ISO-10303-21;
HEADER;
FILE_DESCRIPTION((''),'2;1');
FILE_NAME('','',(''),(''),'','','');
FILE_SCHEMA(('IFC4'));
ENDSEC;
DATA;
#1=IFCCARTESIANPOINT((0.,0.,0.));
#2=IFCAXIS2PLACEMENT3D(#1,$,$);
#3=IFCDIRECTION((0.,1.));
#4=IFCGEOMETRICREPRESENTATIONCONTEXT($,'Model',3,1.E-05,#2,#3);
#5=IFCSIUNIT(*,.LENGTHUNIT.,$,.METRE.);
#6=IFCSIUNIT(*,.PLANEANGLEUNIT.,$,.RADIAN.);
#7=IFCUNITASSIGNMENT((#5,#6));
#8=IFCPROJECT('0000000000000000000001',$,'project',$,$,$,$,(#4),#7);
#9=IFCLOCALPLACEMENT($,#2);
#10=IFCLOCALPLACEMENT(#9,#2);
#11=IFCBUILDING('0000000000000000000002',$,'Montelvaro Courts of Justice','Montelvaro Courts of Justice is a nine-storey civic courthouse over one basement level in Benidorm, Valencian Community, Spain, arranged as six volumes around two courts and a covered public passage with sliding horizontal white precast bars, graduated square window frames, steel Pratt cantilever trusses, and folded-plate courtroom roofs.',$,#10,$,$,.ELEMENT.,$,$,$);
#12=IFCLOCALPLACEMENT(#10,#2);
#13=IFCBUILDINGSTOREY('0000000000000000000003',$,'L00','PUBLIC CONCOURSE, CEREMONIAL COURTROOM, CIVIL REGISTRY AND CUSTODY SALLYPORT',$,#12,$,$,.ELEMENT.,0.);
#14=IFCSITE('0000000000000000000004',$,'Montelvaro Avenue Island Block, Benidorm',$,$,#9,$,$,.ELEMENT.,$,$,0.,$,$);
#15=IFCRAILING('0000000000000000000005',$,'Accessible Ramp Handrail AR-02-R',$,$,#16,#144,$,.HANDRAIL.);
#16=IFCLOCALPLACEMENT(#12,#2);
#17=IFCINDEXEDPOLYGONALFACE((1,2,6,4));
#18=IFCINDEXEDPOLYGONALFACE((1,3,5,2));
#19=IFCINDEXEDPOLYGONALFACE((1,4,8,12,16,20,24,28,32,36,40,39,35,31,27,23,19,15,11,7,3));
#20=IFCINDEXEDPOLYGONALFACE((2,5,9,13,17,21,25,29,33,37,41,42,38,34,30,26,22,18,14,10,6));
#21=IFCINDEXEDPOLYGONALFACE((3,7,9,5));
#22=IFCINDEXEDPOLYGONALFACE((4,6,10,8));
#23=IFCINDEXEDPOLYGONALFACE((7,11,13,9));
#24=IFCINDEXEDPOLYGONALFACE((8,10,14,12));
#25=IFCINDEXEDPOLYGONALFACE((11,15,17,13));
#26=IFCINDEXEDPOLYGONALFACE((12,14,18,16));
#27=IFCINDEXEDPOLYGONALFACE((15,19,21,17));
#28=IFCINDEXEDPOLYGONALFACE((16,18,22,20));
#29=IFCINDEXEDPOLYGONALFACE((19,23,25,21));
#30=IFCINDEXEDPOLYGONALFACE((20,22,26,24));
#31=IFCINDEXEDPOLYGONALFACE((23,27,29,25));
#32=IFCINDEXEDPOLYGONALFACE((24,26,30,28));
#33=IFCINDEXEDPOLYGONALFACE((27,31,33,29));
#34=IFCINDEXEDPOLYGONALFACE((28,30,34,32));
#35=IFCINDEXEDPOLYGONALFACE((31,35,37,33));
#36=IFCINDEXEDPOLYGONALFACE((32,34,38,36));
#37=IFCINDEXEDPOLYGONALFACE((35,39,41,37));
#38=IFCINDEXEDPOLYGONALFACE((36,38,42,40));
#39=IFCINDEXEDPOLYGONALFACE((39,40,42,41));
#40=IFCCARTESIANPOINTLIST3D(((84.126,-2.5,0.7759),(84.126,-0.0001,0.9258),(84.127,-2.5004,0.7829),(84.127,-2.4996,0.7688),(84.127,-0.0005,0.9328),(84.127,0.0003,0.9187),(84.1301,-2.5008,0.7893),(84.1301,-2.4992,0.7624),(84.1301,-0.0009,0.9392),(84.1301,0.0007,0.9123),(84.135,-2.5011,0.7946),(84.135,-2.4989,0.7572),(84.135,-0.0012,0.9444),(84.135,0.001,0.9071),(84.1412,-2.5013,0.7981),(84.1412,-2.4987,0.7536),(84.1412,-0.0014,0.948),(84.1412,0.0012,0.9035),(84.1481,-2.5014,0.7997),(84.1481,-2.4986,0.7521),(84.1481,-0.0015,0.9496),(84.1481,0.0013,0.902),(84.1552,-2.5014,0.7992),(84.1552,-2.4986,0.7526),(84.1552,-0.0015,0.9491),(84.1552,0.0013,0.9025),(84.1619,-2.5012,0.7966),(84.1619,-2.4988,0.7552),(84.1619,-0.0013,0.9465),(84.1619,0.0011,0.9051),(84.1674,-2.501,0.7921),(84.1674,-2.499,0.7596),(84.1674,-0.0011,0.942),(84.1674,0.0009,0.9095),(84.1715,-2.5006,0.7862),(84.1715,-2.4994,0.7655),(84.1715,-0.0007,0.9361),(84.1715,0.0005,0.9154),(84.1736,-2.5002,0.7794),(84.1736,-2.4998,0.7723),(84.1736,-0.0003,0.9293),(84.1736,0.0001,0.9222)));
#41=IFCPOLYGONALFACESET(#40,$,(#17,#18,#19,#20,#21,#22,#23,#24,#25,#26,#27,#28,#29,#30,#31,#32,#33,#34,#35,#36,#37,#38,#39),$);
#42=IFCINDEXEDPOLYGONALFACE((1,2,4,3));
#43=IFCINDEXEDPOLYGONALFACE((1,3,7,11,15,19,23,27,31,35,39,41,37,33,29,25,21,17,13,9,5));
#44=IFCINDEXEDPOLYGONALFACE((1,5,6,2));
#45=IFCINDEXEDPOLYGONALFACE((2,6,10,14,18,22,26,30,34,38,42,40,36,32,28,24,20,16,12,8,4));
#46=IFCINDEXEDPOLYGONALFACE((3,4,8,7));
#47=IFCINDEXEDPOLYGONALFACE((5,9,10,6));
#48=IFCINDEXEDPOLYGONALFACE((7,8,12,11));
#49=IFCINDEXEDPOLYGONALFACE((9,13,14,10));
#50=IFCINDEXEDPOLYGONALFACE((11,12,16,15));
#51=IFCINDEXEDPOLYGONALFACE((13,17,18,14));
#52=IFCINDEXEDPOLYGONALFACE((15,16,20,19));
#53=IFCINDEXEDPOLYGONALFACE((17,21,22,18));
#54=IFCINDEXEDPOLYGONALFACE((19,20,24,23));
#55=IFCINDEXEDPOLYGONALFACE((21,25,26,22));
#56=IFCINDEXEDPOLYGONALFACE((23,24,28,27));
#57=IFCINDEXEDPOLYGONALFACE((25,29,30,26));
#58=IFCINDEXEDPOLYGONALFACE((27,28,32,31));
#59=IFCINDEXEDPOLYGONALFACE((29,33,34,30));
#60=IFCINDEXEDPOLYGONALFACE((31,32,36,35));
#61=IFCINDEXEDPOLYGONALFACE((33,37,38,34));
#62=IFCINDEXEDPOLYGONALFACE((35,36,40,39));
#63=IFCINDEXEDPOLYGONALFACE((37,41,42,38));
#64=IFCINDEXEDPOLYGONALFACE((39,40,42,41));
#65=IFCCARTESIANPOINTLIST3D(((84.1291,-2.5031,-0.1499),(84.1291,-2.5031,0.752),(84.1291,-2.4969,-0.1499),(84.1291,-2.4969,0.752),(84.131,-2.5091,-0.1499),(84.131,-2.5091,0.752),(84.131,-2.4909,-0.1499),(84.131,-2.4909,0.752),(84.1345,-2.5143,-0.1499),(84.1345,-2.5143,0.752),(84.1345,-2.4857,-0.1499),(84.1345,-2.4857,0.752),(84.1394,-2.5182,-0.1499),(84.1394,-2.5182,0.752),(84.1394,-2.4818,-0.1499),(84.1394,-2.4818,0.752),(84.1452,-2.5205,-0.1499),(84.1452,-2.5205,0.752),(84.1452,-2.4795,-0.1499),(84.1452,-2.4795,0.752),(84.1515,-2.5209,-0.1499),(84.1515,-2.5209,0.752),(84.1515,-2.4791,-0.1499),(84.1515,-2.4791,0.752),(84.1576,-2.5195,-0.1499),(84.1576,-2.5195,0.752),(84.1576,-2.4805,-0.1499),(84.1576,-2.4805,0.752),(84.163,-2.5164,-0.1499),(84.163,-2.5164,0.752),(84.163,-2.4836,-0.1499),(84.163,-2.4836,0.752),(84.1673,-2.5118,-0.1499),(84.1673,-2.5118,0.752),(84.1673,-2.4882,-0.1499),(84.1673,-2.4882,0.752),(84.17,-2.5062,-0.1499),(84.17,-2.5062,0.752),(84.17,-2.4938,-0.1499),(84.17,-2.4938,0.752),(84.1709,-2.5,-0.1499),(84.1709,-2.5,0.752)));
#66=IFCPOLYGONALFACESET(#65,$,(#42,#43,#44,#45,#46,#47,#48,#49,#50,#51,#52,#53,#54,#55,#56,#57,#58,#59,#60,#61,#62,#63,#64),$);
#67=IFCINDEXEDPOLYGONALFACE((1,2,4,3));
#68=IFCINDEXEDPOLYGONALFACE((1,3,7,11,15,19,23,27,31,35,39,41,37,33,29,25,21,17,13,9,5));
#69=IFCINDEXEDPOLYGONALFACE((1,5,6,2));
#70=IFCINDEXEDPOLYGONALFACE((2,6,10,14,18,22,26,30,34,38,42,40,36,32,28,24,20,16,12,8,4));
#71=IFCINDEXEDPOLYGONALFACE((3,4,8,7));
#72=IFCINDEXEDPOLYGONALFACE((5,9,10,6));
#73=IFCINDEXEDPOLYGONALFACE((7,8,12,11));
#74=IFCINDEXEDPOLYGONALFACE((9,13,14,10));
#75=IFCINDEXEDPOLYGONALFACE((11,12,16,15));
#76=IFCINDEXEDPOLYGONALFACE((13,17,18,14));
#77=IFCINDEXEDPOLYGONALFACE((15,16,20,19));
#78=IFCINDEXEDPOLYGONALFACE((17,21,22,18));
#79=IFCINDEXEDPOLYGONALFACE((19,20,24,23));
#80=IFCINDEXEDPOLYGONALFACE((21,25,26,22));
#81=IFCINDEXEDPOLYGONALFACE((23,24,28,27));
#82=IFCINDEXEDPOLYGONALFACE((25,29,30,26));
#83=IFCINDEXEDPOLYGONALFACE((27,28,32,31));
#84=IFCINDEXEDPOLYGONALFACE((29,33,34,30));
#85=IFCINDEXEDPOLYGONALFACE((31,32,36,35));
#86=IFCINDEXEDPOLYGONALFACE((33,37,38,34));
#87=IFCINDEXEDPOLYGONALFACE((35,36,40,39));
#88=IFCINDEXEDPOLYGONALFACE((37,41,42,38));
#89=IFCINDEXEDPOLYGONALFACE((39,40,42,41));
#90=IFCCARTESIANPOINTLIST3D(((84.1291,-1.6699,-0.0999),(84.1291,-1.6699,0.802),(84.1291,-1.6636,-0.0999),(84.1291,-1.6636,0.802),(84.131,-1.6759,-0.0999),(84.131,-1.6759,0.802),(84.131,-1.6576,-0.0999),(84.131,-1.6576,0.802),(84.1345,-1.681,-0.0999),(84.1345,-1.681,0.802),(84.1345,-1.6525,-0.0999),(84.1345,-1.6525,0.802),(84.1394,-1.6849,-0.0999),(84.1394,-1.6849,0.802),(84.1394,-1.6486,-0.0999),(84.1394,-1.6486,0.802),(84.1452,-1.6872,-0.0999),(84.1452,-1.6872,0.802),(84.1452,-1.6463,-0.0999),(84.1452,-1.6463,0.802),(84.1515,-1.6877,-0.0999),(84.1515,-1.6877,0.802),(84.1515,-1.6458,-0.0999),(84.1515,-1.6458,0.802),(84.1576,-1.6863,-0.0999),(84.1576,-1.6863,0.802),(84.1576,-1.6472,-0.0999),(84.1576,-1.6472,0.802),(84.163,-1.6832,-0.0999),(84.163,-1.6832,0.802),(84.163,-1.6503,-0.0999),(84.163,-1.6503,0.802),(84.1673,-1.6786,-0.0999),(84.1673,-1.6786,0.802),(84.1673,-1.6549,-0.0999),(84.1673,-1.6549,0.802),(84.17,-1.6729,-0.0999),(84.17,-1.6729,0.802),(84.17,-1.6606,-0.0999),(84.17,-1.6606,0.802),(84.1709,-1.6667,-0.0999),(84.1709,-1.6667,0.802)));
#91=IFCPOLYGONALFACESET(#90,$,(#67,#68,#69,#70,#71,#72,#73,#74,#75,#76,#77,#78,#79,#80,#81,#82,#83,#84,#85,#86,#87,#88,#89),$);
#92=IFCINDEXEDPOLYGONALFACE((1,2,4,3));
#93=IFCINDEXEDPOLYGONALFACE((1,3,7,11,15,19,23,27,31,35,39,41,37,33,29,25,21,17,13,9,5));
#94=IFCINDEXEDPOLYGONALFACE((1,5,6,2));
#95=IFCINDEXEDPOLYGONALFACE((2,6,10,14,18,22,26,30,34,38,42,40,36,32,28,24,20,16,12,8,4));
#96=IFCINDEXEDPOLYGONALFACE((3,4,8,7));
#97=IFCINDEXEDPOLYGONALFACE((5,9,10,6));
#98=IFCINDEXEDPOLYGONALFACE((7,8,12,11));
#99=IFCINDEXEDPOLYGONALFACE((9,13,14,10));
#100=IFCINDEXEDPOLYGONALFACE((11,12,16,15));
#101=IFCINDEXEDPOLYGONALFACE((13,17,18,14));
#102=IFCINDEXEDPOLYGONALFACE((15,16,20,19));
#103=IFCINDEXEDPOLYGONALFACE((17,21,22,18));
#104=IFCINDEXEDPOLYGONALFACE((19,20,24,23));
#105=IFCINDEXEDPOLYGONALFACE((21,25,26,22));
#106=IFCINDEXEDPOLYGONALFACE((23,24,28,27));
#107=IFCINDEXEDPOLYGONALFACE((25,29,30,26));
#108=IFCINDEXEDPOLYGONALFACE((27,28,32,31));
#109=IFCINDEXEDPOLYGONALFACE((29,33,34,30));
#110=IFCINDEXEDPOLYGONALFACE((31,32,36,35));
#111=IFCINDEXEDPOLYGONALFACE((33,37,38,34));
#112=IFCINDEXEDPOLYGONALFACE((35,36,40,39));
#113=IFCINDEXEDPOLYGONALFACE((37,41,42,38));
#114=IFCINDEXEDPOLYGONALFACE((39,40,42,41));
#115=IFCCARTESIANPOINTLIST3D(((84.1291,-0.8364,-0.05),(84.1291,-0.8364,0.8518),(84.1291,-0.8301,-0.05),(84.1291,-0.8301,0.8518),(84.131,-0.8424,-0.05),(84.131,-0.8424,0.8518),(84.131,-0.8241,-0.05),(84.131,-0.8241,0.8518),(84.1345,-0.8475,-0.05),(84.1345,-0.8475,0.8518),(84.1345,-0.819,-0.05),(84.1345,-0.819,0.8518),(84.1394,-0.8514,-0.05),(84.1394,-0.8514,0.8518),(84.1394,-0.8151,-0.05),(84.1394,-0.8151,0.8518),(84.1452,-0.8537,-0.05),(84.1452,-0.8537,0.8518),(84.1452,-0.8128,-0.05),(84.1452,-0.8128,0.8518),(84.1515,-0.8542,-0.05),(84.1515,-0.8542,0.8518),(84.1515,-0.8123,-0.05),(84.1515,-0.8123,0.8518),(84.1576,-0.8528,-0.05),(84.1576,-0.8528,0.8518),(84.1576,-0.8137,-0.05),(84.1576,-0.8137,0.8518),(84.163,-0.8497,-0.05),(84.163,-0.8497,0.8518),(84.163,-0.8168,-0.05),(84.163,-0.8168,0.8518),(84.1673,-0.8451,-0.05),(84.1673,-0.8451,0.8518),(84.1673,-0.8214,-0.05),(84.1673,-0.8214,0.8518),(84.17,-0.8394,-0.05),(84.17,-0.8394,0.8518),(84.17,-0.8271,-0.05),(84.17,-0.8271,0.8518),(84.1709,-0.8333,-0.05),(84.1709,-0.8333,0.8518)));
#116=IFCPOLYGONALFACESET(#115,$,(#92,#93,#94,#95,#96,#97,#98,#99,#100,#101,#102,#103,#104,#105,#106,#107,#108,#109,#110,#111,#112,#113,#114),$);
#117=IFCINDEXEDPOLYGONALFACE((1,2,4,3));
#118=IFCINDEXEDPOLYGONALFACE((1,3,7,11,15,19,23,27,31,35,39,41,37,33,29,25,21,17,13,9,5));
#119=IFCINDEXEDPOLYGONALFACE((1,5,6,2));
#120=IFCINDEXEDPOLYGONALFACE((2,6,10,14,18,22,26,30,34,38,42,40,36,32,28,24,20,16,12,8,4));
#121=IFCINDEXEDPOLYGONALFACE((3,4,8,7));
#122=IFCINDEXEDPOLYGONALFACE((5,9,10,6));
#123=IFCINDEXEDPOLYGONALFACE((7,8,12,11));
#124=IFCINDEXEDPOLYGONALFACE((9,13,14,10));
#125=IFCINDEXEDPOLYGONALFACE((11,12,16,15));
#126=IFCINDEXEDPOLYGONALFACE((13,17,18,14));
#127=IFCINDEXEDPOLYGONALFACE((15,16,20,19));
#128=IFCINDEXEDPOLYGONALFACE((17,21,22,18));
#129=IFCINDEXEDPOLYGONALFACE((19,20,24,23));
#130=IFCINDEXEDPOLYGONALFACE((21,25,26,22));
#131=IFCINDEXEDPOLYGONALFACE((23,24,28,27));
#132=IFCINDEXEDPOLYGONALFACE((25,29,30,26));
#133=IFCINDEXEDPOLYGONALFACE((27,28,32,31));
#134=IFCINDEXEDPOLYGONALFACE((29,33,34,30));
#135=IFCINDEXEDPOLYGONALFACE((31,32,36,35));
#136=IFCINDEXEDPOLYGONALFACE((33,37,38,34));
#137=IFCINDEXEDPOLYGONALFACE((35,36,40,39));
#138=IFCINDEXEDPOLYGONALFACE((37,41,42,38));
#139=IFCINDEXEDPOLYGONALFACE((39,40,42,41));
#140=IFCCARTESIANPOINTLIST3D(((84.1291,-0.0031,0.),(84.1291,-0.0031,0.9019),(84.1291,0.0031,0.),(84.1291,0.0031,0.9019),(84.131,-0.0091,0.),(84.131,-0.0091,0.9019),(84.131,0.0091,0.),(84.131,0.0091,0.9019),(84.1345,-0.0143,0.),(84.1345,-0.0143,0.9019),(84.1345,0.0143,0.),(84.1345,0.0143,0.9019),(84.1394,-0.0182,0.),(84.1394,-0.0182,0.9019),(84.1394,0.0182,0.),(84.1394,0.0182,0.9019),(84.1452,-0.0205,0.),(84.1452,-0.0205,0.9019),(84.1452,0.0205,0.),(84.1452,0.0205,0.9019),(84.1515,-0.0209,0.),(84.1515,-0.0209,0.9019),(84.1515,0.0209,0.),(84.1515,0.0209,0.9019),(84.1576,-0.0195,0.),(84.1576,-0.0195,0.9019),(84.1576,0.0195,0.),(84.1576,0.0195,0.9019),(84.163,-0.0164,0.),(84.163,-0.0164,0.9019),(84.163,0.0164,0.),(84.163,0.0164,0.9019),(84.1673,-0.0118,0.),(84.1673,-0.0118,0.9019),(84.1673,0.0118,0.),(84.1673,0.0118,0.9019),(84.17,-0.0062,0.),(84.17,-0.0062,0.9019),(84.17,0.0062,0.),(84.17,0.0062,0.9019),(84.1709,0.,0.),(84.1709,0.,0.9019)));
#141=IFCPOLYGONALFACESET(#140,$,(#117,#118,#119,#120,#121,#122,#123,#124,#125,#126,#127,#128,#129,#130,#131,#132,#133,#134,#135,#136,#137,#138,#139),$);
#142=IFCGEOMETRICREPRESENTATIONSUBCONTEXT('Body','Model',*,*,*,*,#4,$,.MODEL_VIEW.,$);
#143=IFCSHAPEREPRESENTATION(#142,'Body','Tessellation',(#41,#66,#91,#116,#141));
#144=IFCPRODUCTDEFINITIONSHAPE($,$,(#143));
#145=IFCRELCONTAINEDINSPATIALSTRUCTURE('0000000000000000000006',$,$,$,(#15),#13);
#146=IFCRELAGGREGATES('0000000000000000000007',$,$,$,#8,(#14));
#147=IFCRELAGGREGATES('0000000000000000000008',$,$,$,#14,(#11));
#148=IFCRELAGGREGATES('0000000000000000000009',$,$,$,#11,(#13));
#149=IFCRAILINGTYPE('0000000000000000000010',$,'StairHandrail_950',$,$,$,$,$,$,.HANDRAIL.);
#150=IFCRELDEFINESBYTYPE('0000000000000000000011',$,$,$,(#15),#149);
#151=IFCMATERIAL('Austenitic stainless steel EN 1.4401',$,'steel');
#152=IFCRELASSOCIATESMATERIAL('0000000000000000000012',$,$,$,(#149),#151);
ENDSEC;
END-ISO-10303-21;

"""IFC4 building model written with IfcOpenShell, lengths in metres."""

from ifc_helpers import new_model, si_unit, direction, frame, origin, origin_2d, place, context, subcontext, project, spatial, circle, extrude, material, type_object, element, save


model = new_model("IFC4")

# Units and contexts
model_context = context("Model", 3, precision=1e-05, world=origin(), true_north=direction((0.0, 1.0)))
body_context = subcontext(model_context, "Body", "Model", "MODEL_VIEW")
ifc_project = project(units=[si_unit("LENGTHUNIT", "METRE"), si_unit("PLANEANGLEUNIT", "RADIAN")], contexts=[model_context])

# Site, building, storey
site_placement = place(None, origin())
site = spatial("IfcSite", under=ifc_project, at=site_placement, Name="Montelvaro Avenue Island Block, Benidorm", CompositionType="ELEMENT", RefElevation=0.0)
building_placement = place(site_placement, origin())
building = spatial("IfcBuilding", under=site, at=building_placement, Name="Montelvaro Courts of Justice", Description="Montelvaro Courts of Justice is a nine-storey civic courthouse over one basement level in Benidorm, Valencian Community, Spain, arranged as six volumes around two courts and a covered public passage with sliding horizontal white precast bars, graduated square window frames, steel Pratt cantilever trusses, and folded-plate courtroom roofs.", CompositionType="ELEMENT")
storey_placement = place(building_placement, origin())
storey = spatial("IfcBuildingStorey", under=building, at=storey_placement, Name="L00", Description="PUBLIC CONCOURSE, CEREMONIAL COURTROOM, CIVIL REGISTRY AND CUSTODY SALLYPORT", CompositionType="ELEMENT", Elevation=0.0)

# Railing
ifc_material_1 = material(Name="Austenitic stainless steel EN 1.4401", Category="steel")
railing_type = type_object("IfcRailingType", Name="StairHandrail_950", PredefinedType="HANDRAIL", material=ifc_material_1)
for number, where, name in (
    (1, (84.1499, -2.5, -0.1499), "Accessible Ramp Handrail AR-02-R"),
):
    element("IfcRailing", number, at=place(storey_placement, frame(where)), inside=storey, type_object=railing_type, Name=name, PredefinedType="HANDRAIL", context=body_context, shape_type="SweptSolid", body=[
        extrude(circle(Radius=0.0239, at=origin_2d()), frame((0.0, 0.0, 0.9258), z_axis=(0.0, 0.998207, 0.059853), x_axis=(-1.0, 0.0, 0.0)), (0.0, 0.0, 1.0), 2.5044),
        extrude(circle(Radius=0.021, at=origin_2d()), origin(), (0.0, 0.0, 1.0), 0.9019),
        extrude(circle(Radius=0.021, at=origin_2d()), frame((0.0, 0.8333, 0.05)), (0.0, 0.0, 1.0), 0.9019),
        extrude(circle(Radius=0.021, at=origin_2d()), frame((0.0, 1.6667, 0.0999)), (0.0, 0.0, 1.0), 0.9019),
        extrude(circle(Radius=0.021, at=origin_2d()), frame((0.0, 2.5, 0.1499)), (0.0, 0.0, 1.0), 0.9019),
    ])

save(model, "model.ifc")
